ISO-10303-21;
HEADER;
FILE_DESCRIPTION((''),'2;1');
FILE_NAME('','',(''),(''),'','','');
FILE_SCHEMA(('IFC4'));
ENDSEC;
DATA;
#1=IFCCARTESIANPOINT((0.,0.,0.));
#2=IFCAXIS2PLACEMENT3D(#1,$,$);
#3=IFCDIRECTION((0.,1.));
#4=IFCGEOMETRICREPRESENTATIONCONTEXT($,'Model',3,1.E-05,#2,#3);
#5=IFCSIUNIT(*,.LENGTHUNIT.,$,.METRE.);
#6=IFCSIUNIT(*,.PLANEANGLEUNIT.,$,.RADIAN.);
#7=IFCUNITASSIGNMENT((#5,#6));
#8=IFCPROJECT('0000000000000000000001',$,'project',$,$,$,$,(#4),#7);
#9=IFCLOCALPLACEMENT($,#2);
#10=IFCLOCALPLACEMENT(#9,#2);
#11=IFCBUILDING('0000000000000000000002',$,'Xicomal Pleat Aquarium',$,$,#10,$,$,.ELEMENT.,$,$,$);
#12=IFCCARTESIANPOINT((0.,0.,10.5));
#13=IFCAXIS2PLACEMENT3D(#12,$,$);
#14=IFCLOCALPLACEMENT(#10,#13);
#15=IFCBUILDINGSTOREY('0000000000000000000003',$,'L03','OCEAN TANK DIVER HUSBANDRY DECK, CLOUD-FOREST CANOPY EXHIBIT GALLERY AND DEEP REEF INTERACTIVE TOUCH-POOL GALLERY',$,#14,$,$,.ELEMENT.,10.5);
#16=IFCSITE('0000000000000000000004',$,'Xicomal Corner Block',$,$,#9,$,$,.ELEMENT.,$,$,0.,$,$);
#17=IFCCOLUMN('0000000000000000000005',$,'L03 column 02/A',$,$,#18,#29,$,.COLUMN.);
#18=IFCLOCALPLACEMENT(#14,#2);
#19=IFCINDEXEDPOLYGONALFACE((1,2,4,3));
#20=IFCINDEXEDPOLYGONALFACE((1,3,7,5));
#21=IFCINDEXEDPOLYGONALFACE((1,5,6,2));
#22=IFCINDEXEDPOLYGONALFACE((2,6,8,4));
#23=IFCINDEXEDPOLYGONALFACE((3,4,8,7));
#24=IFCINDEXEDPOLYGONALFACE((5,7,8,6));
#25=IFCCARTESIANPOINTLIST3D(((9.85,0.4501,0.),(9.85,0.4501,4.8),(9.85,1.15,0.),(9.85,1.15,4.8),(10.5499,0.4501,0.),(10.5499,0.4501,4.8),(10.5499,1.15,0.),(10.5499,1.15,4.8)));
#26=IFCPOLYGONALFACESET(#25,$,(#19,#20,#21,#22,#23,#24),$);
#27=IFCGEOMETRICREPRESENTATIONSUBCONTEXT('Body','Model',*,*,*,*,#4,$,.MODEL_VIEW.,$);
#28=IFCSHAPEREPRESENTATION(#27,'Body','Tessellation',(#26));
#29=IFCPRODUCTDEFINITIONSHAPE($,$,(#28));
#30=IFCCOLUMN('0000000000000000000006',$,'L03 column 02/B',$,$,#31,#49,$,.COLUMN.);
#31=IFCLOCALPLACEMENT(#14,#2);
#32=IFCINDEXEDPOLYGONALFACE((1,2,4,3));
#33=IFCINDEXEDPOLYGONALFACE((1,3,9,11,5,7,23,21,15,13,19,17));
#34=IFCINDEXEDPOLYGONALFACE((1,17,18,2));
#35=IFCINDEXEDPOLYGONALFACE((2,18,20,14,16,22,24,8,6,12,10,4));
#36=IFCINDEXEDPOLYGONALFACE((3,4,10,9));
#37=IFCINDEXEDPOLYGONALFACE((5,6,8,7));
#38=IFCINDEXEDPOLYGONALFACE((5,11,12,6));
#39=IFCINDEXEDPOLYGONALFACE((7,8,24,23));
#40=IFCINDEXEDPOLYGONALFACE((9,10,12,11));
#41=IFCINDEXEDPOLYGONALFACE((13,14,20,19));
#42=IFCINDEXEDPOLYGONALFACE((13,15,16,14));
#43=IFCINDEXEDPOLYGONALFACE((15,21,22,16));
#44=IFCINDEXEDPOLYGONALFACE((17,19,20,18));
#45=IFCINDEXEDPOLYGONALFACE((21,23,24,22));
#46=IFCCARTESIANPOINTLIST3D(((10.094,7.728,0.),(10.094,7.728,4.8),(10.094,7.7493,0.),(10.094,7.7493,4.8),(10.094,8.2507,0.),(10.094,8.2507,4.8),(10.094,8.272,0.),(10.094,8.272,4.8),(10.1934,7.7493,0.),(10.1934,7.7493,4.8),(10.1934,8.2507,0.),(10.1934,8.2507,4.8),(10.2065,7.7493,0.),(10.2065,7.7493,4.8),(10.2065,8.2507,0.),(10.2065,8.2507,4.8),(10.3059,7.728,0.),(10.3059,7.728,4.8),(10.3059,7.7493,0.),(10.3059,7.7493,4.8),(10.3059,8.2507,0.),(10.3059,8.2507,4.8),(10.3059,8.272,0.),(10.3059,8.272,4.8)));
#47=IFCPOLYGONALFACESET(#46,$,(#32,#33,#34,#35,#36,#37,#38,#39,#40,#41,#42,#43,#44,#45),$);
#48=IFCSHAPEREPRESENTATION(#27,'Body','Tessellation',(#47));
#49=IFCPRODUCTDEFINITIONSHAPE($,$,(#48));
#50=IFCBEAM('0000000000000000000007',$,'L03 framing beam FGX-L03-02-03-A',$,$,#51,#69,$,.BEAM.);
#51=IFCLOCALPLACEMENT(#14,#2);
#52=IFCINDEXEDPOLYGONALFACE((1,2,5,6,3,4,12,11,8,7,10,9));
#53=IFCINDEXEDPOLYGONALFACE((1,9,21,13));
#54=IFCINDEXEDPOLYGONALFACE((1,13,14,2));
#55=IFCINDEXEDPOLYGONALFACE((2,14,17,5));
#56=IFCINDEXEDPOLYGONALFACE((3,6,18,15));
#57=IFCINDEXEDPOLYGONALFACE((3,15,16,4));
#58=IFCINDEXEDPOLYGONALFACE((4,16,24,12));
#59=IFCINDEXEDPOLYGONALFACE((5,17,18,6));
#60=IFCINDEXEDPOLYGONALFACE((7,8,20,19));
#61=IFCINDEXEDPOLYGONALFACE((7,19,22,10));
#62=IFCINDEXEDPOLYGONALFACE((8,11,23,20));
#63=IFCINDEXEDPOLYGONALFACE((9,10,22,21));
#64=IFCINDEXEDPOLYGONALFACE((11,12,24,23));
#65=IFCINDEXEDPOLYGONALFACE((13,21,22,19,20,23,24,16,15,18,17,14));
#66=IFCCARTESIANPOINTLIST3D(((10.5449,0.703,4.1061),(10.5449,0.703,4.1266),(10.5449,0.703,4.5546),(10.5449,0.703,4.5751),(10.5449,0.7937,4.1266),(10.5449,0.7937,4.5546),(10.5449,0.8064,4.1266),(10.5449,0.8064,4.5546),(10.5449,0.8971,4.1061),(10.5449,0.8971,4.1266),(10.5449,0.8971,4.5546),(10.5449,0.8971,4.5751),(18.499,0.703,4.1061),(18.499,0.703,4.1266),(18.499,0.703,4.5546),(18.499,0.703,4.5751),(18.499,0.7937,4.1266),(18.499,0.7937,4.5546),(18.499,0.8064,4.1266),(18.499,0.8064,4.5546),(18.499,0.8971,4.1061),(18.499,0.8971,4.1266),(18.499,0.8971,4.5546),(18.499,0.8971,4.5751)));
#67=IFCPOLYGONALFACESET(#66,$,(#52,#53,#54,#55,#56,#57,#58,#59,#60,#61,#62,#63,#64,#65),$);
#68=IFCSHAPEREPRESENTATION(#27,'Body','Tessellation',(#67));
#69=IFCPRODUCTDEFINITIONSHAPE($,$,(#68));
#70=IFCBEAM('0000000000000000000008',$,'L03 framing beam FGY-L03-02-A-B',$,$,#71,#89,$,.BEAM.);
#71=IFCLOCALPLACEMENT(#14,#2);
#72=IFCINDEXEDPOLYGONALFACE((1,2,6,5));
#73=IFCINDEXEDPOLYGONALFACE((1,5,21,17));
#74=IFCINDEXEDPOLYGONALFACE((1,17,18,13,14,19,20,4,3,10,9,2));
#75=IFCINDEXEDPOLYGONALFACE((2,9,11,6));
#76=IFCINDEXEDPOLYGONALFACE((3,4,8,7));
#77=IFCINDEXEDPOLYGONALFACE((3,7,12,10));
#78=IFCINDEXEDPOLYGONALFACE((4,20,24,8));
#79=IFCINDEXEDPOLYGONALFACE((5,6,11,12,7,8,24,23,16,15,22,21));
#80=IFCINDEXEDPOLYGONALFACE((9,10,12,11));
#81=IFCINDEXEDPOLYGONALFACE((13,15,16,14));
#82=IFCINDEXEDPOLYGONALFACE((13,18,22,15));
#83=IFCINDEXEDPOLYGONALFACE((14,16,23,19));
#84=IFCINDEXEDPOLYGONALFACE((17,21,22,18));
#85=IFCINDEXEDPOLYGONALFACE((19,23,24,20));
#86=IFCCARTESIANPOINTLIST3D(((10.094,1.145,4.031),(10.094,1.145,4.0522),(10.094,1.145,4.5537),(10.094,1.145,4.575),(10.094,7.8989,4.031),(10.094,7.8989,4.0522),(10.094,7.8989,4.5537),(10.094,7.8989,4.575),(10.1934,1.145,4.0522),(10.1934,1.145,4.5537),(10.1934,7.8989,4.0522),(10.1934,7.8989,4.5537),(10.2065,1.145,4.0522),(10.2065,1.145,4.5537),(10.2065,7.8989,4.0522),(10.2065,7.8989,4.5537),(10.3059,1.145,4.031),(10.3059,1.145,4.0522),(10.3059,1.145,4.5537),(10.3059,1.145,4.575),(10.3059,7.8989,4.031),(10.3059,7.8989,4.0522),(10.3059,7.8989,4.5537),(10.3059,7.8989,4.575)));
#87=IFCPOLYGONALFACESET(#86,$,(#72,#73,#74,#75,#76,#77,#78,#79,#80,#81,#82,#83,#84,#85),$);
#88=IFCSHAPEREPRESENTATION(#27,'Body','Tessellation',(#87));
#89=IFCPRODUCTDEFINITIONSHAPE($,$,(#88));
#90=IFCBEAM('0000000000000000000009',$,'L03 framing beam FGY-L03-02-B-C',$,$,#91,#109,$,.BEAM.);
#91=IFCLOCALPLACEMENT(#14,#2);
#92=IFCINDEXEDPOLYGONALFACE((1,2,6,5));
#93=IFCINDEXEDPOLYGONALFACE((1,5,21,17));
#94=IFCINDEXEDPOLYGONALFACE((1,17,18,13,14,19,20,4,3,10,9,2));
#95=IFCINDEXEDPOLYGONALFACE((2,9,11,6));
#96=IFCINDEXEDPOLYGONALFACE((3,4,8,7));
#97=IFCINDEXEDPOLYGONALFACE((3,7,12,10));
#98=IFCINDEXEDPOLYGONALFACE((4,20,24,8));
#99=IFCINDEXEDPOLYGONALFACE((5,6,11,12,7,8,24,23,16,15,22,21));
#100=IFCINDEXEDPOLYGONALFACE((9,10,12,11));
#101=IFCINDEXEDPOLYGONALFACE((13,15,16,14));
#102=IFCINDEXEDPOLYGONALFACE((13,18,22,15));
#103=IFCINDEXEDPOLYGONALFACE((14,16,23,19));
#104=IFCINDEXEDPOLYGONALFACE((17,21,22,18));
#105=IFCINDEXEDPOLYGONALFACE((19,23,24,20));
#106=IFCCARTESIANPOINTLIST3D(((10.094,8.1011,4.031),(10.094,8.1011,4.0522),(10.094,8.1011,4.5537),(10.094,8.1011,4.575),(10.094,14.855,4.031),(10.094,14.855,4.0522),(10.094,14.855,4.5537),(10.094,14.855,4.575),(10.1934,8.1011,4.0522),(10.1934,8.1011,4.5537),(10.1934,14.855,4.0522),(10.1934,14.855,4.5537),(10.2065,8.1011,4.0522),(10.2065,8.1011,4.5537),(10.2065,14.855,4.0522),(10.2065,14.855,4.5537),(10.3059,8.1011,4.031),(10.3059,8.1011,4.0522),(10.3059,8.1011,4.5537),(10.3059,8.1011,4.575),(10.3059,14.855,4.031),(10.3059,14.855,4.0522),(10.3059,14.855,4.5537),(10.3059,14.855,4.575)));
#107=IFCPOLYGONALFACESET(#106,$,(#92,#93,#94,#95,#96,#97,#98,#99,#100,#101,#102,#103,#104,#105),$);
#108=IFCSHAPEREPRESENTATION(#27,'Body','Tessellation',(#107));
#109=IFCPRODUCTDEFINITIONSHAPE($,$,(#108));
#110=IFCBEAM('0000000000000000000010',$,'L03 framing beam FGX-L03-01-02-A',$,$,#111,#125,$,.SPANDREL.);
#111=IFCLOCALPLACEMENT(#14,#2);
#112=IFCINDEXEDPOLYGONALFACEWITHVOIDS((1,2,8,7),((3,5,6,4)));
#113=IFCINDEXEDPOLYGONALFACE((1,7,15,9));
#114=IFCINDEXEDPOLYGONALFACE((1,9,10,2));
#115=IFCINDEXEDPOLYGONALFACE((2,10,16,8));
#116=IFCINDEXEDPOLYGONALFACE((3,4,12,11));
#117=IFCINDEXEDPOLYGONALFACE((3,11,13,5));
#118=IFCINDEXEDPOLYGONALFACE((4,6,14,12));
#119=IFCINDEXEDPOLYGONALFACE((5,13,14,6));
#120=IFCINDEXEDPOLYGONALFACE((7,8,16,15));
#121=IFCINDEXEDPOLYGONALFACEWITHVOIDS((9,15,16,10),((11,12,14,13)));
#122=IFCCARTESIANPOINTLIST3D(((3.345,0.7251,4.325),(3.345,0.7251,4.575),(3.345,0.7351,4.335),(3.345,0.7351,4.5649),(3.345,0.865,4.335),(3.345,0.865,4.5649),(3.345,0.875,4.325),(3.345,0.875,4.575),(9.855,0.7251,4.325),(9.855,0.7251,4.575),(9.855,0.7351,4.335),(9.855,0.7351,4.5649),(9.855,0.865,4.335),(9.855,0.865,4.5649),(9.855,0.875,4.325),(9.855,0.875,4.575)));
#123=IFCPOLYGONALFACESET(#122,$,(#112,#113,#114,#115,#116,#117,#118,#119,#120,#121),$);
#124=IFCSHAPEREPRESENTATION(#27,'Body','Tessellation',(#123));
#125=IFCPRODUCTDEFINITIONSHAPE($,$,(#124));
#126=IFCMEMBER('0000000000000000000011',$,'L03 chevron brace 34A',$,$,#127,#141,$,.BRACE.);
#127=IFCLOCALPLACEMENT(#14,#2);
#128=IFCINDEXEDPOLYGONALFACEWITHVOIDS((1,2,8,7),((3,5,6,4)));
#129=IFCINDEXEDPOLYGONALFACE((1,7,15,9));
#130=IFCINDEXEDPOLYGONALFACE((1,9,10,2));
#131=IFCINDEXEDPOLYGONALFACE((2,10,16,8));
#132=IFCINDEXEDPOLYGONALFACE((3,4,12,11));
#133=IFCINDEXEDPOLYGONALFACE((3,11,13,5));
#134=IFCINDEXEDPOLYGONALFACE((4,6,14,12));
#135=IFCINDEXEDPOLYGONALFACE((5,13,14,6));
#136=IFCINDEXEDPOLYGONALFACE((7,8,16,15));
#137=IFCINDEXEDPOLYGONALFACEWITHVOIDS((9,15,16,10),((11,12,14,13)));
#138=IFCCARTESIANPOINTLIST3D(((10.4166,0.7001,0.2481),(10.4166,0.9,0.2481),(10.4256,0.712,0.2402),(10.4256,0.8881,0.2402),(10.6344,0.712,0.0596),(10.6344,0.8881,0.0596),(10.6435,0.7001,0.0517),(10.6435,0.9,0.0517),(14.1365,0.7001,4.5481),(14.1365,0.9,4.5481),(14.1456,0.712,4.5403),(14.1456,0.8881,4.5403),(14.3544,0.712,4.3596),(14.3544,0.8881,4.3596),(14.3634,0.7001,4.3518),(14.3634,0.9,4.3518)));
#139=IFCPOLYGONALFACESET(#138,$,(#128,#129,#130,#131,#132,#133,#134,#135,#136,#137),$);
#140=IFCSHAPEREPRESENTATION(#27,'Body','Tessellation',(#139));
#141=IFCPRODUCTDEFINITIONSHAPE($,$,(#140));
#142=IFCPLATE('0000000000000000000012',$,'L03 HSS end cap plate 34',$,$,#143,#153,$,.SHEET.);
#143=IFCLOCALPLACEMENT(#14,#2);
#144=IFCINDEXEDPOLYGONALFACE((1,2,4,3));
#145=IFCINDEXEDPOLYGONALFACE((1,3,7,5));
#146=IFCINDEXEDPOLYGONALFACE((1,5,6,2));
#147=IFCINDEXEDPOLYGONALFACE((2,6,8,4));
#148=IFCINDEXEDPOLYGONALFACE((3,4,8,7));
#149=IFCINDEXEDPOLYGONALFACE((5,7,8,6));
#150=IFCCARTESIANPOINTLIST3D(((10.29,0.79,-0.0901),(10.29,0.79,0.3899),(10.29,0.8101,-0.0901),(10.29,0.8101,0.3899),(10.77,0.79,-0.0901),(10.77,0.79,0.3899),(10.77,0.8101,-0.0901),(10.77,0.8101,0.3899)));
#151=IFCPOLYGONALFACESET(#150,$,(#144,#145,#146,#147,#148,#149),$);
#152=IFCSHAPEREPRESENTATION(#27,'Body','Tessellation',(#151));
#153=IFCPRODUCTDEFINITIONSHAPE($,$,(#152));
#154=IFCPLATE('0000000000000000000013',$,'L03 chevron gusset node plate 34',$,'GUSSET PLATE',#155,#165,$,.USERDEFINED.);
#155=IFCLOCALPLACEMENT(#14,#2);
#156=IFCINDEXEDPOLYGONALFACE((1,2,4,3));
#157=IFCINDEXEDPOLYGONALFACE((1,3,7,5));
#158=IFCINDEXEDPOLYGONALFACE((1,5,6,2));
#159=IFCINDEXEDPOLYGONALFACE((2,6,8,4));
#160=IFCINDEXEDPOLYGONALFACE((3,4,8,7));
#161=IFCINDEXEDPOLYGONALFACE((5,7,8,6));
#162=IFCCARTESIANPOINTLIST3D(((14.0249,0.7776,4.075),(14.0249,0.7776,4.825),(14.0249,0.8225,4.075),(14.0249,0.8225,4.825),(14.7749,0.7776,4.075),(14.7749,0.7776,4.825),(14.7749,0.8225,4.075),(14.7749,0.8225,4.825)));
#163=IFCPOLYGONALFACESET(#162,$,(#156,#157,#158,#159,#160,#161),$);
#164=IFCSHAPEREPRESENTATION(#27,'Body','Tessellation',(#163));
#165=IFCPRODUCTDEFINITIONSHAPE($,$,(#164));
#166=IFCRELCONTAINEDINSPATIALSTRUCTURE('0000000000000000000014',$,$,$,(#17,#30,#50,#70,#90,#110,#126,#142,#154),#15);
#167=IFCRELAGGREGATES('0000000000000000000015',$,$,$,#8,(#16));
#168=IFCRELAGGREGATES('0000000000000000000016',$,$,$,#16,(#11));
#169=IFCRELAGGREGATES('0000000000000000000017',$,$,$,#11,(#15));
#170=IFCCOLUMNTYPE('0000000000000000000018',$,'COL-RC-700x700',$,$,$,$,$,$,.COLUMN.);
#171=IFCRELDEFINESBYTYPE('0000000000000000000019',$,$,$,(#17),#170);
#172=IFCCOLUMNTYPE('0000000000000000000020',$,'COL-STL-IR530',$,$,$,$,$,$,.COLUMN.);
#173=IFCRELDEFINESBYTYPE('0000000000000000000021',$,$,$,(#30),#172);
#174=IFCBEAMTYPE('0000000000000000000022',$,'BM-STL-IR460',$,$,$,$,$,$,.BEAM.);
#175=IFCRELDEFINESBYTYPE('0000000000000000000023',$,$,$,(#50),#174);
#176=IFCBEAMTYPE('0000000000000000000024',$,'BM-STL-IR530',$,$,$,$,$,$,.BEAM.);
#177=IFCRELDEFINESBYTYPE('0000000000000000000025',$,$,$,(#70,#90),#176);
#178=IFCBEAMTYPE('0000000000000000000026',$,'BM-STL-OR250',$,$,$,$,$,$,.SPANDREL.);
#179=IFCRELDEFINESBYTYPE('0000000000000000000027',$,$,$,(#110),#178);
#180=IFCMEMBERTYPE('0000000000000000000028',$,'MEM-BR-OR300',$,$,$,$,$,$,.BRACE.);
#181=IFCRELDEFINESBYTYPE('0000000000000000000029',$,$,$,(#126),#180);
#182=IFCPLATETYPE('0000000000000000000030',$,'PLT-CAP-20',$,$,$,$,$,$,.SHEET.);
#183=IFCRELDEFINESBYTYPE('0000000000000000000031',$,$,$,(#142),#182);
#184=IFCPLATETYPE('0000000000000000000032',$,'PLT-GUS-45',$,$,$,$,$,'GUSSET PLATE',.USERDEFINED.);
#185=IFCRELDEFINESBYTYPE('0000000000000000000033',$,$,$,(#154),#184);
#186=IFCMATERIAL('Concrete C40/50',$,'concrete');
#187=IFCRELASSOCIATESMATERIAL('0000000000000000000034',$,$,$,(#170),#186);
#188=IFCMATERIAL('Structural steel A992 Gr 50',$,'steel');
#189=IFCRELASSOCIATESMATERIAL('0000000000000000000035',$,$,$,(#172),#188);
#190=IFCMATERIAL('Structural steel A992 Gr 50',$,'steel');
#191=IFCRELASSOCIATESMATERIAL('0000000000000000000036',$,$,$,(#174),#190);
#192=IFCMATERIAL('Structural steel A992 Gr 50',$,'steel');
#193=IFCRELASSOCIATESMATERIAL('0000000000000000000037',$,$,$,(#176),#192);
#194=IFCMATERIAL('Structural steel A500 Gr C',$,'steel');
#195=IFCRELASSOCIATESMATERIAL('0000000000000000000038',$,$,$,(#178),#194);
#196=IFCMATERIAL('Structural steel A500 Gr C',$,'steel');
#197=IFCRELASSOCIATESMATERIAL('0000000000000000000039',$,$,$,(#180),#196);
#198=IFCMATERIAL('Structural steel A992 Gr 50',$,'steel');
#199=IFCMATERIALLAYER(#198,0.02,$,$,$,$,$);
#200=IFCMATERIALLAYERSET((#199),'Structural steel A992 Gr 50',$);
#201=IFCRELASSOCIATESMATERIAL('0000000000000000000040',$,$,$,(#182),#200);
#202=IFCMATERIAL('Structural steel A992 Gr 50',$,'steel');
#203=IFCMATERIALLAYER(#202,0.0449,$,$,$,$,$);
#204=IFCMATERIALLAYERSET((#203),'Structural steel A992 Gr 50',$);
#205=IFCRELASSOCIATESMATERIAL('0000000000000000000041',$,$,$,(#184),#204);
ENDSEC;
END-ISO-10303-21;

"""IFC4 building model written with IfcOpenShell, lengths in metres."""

from ifc_helpers import new_model, si_unit, direction, frame, origin, origin_2d, place, context, subcontext, project, spatial, rectangle, hollow_rectangle, i_section, extrude, material, layer, layer_set, material_profile, profile_set, type_object, element, save


model = new_model("IFC4")

# Units and contexts
model_context = context("Model", 3, precision=1e-05, world=origin(), true_north=direction((0.0, 1.0)))
body_context = subcontext(model_context, "Body", "Model", "MODEL_VIEW")
ifc_project = project(units=[si_unit("LENGTHUNIT", "METRE"), si_unit("PLANEANGLEUNIT", "RADIAN")], contexts=[model_context])

# Site, building, storey
site_placement = place(None, origin())
site = spatial("IfcSite", under=ifc_project, at=site_placement, Name="Xicomal Corner Block", CompositionType="ELEMENT", RefElevation=0.0)
building_placement = place(site_placement, origin())
building = spatial("IfcBuilding", under=site, at=building_placement, Name="Xicomal Pleat Aquarium", CompositionType="ELEMENT")
storey_placement = place(building_placement, frame((0.0, 0.0, 10.5)))
storey = spatial("IfcBuildingStorey", under=building, at=storey_placement, Name="L03", Description="OCEAN TANK DIVER HUSBANDRY DECK, CLOUD-FOREST CANOPY EXHIBIT GALLERY AND DEEP REEF INTERACTIVE TOUCH-POOL GALLERY", CompositionType="ELEMENT", Elevation=10.5)

# Columns
ifc_material_1 = material(Name="Concrete C40/50", Category="concrete")
ifc_material_profile_1 = material_profile(ifc_material_1, rectangle(XDim=0.7, YDim=0.7, at=origin_2d()), Name="RC 700x700")
ifc_profile_set_1 = profile_set([ifc_material_profile_1], Name="Concrete C40/50")
column_type_1 = type_object("IfcColumnType", Name="COL-RC-700x700", PredefinedType="COLUMN", material=ifc_profile_set_1)
column_1_placement = place(storey_placement, frame((10.2, 0.8, 0.0), z_axis=(0.0, 0.0, 1.0), x_axis=(1.0, 0.0, 0.0)))
element("IfcColumn", 1, at=column_1_placement, inside=storey, type_object=column_type_1, Name="L03 column 02/A", PredefinedType="COLUMN", context=body_context, shape_type="SweptSolid", body=[
    extrude(rectangle(XDim=0.7, YDim=0.7, at=origin_2d()), origin(), (0.0, 0.0, 1.0), 4.8),
])
ifc_material_2 = material(Name="Structural steel A992 Gr 50", Category="steel")
ifc_material_profile_2 = material_profile(ifc_material_2, i_section(OverallWidth=0.2119, OverallDepth=0.5439, WebThickness=0.0132, FlangeThickness=0.0212, at=origin_2d()), Name="IR 530x123")
ifc_profile_set_2 = profile_set([ifc_material_profile_2], Name="Structural steel A992 Gr 50")
column_type_2 = type_object("IfcColumnType", Name="COL-STL-IR530", PredefinedType="COLUMN", material=ifc_profile_set_2)
column_2_placement = place(storey_placement, frame((10.2, 8.0, 0.0), z_axis=(0.0, 0.0, 1.0), x_axis=(1.0, 0.0, 0.0)))
element("IfcColumn", 2, at=column_2_placement, inside=storey, type_object=column_type_2, Name="L03 column 02/B", PredefinedType="COLUMN", context=body_context, shape_type="SweptSolid", body=[
    extrude(i_section(OverallWidth=0.2119, OverallDepth=0.5439, WebThickness=0.0132, FlangeThickness=0.0212, at=origin_2d()), origin(), (0.0, 0.0, 1.0), 4.8),
])

# Beams
ifc_material_3 = material(Name="Structural steel A992 Gr 50", Category="steel")
ifc_material_profile_3 = material_profile(ifc_material_3, i_section(OverallWidth=0.1941, OverallDepth=0.469, WebThickness=0.0127, FlangeThickness=0.0205, at=origin_2d()), Name="IR 460x106")
ifc_profile_set_3 = profile_set([ifc_material_profile_3], Name="Structural steel A992 Gr 50")
beam_type_1 = type_object("IfcBeamType", Name="BM-STL-IR460", PredefinedType="BEAM", material=ifc_profile_set_3)
beam_1_placement = place(storey_placement, frame((10.5449, 0.8, 4.3406), z_axis=(1.0, 0.0, 0.0), x_axis=(0.0, 1.0, 0.0)))
element("IfcBeam", 3, at=beam_1_placement, inside=storey, type_object=beam_type_1, Name="L03 framing beam FGX-L03-02-03-A", PredefinedType="BEAM", context=body_context, shape_type="SweptSolid", body=[
    extrude(i_section(OverallWidth=0.1941, OverallDepth=0.469, WebThickness=0.0127, FlangeThickness=0.0205, at=origin_2d()), origin(), (0.0, 0.0, 1.0), 7.9541),
])
ifc_material_4 = material(Name="Structural steel A992 Gr 50", Category="steel")
ifc_material_profile_4 = material_profile(ifc_material_4, i_section(OverallWidth=0.2119, OverallDepth=0.5439, WebThickness=0.0132, FlangeThickness=0.0212, at=origin_2d()), Name="IR 530x123")
ifc_profile_set_4 = profile_set([ifc_material_profile_4], Name="Structural steel A992 Gr 50")
beam_type_2 = type_object("IfcBeamType", Name="BM-STL-IR530", PredefinedType="BEAM", material=ifc_profile_set_4)
for number, where, z_axis, x_axis, name in (
    (4, (10.2, 1.145, 4.303), (0.0, 1.0, 0.0), (-1.0, 0.0, 0.0), "L03 framing beam FGY-L03-02-A-B"),
    (5, (10.2, 8.1011, 4.303), (0.0, 1.0, 0.0), (-1.0, 0.0, 0.0), "L03 framing beam FGY-L03-02-B-C"),
):
    element("IfcBeam", number, at=place(storey_placement, frame(where, z_axis=z_axis, x_axis=x_axis)), inside=storey, type_object=beam_type_2, Name=name, PredefinedType="BEAM", context=body_context, shape_type="SweptSolid", body=[
        extrude(i_section(OverallWidth=0.2119, OverallDepth=0.5439, WebThickness=0.0132, FlangeThickness=0.0212, at=origin_2d()), origin(), (0.0, 0.0, 1.0), 6.7539),
    ])
ifc_material_5 = material(Name="Structural steel A500 Gr C", Category="steel")
ifc_material_profile_5 = material_profile(ifc_material_5, hollow_rectangle(XDim=0.1499, YDim=0.25, WallThickness=0.01, at=origin_2d()), Name="OR 250x150x10")
ifc_profile_set_5 = profile_set([ifc_material_profile_5], Name="Structural steel A500 Gr C")
beam_type_3 = type_object("IfcBeamType", Name="BM-STL-OR250", PredefinedType="SPANDREL", material=ifc_profile_set_5)
beam_2_placement = place(storey_placement, frame((3.345, 0.8, 4.45), z_axis=(1.0, 0.0, 0.0), x_axis=(0.0, 1.0, 0.0)))
element("IfcBeam", 6, at=beam_2_placement, inside=storey, type_object=beam_type_3, Name="L03 framing beam FGX-L03-01-02-A", PredefinedType="SPANDREL", context=body_context, shape_type="SweptSolid", body=[
    extrude(hollow_rectangle(XDim=0.1499, YDim=0.25, WallThickness=0.01, at=origin_2d()), origin(), (0.0, 0.0, 1.0), 6.51),
])

# Member
ifc_material_6 = material(Name="Structural steel A500 Gr C", Category="steel")
ifc_material_profile_6 = material_profile(ifc_material_6, hollow_rectangle(XDim=0.2, YDim=0.3, WallThickness=0.012, at=origin_2d()), Name="OR 300x200x12")
ifc_profile_set_6 = profile_set([ifc_material_profile_6], Name="Structural steel A500 Gr C")
member_type = type_object("IfcMemberType", Name="MEM-BR-OR300", PredefinedType="BRACE", material=ifc_profile_set_6)
member_placement = place(storey_placement, frame((10.53, 0.8, 0.1499), z_axis=(0.654254, 0.0, 0.756275), x_axis=(0.0, 1.0, 0.0)))
element("IfcMember", 7, at=member_placement, inside=storey, type_object=member_type, Name="L03 chevron brace 34A", PredefinedType="BRACE", context=body_context, shape_type="SweptSolid", body=[
    extrude(hollow_rectangle(XDim=0.2, YDim=0.3, WallThickness=0.012, at=origin_2d()), origin(), (0.0, 0.0, 1.0), 5.6858),
])

# Plates
ifc_material_7 = material(Name="Structural steel A992 Gr 50", Category="steel")
ifc_layer_1 = layer(ifc_material_7, 0.02)
ifc_layer_set_1 = layer_set([ifc_layer_1], Name="Structural steel A992 Gr 50")
plate_type_1 = type_object("IfcPlateType", Name="PLT-CAP-20", PredefinedType="SHEET", material=ifc_layer_set_1)
plate_1_placement = place(storey_placement, frame((10.53, 0.8, -0.0901), z_axis=(0.0, 0.0, 1.0), x_axis=(1.0, 0.0, 0.0)))
element("IfcPlate", 8, at=plate_1_placement, inside=storey, type_object=plate_type_1, Name="L03 HSS end cap plate 34", PredefinedType="SHEET", context=body_context, shape_type="SweptSolid", body=[
    extrude(rectangle(XDim=0.48, YDim=0.02, at=origin_2d()), origin(), (0.0, 0.0, 1.0), 0.48),
])
ifc_material_8 = material(Name="Structural steel A992 Gr 50", Category="steel")
ifc_layer_2 = layer(ifc_material_8, 0.0449)
ifc_layer_set_2 = layer_set([ifc_layer_2], Name="Structural steel A992 Gr 50")
plate_type_2 = type_object("IfcPlateType", Name="PLT-GUS-45", ElementType="GUSSET PLATE", PredefinedType="USERDEFINED", material=ifc_layer_set_2)
plate_2_placement = place(storey_placement, frame((14.3999, 0.8, 4.075), z_axis=(0.0, 0.0, 1.0), x_axis=(1.0, 0.0, 0.0)))
element("IfcPlate", 9, at=plate_2_placement, inside=storey, type_object=plate_type_2, Name="L03 chevron gusset node plate 34", ObjectType="GUSSET PLATE", PredefinedType="USERDEFINED", context=body_context, shape_type="SweptSolid", body=[
    extrude(rectangle(XDim=0.75, YDim=0.0449, at=origin_2d()), origin(), (0.0, 0.0, 1.0), 0.75),
])

save(model, "model.ifc")
